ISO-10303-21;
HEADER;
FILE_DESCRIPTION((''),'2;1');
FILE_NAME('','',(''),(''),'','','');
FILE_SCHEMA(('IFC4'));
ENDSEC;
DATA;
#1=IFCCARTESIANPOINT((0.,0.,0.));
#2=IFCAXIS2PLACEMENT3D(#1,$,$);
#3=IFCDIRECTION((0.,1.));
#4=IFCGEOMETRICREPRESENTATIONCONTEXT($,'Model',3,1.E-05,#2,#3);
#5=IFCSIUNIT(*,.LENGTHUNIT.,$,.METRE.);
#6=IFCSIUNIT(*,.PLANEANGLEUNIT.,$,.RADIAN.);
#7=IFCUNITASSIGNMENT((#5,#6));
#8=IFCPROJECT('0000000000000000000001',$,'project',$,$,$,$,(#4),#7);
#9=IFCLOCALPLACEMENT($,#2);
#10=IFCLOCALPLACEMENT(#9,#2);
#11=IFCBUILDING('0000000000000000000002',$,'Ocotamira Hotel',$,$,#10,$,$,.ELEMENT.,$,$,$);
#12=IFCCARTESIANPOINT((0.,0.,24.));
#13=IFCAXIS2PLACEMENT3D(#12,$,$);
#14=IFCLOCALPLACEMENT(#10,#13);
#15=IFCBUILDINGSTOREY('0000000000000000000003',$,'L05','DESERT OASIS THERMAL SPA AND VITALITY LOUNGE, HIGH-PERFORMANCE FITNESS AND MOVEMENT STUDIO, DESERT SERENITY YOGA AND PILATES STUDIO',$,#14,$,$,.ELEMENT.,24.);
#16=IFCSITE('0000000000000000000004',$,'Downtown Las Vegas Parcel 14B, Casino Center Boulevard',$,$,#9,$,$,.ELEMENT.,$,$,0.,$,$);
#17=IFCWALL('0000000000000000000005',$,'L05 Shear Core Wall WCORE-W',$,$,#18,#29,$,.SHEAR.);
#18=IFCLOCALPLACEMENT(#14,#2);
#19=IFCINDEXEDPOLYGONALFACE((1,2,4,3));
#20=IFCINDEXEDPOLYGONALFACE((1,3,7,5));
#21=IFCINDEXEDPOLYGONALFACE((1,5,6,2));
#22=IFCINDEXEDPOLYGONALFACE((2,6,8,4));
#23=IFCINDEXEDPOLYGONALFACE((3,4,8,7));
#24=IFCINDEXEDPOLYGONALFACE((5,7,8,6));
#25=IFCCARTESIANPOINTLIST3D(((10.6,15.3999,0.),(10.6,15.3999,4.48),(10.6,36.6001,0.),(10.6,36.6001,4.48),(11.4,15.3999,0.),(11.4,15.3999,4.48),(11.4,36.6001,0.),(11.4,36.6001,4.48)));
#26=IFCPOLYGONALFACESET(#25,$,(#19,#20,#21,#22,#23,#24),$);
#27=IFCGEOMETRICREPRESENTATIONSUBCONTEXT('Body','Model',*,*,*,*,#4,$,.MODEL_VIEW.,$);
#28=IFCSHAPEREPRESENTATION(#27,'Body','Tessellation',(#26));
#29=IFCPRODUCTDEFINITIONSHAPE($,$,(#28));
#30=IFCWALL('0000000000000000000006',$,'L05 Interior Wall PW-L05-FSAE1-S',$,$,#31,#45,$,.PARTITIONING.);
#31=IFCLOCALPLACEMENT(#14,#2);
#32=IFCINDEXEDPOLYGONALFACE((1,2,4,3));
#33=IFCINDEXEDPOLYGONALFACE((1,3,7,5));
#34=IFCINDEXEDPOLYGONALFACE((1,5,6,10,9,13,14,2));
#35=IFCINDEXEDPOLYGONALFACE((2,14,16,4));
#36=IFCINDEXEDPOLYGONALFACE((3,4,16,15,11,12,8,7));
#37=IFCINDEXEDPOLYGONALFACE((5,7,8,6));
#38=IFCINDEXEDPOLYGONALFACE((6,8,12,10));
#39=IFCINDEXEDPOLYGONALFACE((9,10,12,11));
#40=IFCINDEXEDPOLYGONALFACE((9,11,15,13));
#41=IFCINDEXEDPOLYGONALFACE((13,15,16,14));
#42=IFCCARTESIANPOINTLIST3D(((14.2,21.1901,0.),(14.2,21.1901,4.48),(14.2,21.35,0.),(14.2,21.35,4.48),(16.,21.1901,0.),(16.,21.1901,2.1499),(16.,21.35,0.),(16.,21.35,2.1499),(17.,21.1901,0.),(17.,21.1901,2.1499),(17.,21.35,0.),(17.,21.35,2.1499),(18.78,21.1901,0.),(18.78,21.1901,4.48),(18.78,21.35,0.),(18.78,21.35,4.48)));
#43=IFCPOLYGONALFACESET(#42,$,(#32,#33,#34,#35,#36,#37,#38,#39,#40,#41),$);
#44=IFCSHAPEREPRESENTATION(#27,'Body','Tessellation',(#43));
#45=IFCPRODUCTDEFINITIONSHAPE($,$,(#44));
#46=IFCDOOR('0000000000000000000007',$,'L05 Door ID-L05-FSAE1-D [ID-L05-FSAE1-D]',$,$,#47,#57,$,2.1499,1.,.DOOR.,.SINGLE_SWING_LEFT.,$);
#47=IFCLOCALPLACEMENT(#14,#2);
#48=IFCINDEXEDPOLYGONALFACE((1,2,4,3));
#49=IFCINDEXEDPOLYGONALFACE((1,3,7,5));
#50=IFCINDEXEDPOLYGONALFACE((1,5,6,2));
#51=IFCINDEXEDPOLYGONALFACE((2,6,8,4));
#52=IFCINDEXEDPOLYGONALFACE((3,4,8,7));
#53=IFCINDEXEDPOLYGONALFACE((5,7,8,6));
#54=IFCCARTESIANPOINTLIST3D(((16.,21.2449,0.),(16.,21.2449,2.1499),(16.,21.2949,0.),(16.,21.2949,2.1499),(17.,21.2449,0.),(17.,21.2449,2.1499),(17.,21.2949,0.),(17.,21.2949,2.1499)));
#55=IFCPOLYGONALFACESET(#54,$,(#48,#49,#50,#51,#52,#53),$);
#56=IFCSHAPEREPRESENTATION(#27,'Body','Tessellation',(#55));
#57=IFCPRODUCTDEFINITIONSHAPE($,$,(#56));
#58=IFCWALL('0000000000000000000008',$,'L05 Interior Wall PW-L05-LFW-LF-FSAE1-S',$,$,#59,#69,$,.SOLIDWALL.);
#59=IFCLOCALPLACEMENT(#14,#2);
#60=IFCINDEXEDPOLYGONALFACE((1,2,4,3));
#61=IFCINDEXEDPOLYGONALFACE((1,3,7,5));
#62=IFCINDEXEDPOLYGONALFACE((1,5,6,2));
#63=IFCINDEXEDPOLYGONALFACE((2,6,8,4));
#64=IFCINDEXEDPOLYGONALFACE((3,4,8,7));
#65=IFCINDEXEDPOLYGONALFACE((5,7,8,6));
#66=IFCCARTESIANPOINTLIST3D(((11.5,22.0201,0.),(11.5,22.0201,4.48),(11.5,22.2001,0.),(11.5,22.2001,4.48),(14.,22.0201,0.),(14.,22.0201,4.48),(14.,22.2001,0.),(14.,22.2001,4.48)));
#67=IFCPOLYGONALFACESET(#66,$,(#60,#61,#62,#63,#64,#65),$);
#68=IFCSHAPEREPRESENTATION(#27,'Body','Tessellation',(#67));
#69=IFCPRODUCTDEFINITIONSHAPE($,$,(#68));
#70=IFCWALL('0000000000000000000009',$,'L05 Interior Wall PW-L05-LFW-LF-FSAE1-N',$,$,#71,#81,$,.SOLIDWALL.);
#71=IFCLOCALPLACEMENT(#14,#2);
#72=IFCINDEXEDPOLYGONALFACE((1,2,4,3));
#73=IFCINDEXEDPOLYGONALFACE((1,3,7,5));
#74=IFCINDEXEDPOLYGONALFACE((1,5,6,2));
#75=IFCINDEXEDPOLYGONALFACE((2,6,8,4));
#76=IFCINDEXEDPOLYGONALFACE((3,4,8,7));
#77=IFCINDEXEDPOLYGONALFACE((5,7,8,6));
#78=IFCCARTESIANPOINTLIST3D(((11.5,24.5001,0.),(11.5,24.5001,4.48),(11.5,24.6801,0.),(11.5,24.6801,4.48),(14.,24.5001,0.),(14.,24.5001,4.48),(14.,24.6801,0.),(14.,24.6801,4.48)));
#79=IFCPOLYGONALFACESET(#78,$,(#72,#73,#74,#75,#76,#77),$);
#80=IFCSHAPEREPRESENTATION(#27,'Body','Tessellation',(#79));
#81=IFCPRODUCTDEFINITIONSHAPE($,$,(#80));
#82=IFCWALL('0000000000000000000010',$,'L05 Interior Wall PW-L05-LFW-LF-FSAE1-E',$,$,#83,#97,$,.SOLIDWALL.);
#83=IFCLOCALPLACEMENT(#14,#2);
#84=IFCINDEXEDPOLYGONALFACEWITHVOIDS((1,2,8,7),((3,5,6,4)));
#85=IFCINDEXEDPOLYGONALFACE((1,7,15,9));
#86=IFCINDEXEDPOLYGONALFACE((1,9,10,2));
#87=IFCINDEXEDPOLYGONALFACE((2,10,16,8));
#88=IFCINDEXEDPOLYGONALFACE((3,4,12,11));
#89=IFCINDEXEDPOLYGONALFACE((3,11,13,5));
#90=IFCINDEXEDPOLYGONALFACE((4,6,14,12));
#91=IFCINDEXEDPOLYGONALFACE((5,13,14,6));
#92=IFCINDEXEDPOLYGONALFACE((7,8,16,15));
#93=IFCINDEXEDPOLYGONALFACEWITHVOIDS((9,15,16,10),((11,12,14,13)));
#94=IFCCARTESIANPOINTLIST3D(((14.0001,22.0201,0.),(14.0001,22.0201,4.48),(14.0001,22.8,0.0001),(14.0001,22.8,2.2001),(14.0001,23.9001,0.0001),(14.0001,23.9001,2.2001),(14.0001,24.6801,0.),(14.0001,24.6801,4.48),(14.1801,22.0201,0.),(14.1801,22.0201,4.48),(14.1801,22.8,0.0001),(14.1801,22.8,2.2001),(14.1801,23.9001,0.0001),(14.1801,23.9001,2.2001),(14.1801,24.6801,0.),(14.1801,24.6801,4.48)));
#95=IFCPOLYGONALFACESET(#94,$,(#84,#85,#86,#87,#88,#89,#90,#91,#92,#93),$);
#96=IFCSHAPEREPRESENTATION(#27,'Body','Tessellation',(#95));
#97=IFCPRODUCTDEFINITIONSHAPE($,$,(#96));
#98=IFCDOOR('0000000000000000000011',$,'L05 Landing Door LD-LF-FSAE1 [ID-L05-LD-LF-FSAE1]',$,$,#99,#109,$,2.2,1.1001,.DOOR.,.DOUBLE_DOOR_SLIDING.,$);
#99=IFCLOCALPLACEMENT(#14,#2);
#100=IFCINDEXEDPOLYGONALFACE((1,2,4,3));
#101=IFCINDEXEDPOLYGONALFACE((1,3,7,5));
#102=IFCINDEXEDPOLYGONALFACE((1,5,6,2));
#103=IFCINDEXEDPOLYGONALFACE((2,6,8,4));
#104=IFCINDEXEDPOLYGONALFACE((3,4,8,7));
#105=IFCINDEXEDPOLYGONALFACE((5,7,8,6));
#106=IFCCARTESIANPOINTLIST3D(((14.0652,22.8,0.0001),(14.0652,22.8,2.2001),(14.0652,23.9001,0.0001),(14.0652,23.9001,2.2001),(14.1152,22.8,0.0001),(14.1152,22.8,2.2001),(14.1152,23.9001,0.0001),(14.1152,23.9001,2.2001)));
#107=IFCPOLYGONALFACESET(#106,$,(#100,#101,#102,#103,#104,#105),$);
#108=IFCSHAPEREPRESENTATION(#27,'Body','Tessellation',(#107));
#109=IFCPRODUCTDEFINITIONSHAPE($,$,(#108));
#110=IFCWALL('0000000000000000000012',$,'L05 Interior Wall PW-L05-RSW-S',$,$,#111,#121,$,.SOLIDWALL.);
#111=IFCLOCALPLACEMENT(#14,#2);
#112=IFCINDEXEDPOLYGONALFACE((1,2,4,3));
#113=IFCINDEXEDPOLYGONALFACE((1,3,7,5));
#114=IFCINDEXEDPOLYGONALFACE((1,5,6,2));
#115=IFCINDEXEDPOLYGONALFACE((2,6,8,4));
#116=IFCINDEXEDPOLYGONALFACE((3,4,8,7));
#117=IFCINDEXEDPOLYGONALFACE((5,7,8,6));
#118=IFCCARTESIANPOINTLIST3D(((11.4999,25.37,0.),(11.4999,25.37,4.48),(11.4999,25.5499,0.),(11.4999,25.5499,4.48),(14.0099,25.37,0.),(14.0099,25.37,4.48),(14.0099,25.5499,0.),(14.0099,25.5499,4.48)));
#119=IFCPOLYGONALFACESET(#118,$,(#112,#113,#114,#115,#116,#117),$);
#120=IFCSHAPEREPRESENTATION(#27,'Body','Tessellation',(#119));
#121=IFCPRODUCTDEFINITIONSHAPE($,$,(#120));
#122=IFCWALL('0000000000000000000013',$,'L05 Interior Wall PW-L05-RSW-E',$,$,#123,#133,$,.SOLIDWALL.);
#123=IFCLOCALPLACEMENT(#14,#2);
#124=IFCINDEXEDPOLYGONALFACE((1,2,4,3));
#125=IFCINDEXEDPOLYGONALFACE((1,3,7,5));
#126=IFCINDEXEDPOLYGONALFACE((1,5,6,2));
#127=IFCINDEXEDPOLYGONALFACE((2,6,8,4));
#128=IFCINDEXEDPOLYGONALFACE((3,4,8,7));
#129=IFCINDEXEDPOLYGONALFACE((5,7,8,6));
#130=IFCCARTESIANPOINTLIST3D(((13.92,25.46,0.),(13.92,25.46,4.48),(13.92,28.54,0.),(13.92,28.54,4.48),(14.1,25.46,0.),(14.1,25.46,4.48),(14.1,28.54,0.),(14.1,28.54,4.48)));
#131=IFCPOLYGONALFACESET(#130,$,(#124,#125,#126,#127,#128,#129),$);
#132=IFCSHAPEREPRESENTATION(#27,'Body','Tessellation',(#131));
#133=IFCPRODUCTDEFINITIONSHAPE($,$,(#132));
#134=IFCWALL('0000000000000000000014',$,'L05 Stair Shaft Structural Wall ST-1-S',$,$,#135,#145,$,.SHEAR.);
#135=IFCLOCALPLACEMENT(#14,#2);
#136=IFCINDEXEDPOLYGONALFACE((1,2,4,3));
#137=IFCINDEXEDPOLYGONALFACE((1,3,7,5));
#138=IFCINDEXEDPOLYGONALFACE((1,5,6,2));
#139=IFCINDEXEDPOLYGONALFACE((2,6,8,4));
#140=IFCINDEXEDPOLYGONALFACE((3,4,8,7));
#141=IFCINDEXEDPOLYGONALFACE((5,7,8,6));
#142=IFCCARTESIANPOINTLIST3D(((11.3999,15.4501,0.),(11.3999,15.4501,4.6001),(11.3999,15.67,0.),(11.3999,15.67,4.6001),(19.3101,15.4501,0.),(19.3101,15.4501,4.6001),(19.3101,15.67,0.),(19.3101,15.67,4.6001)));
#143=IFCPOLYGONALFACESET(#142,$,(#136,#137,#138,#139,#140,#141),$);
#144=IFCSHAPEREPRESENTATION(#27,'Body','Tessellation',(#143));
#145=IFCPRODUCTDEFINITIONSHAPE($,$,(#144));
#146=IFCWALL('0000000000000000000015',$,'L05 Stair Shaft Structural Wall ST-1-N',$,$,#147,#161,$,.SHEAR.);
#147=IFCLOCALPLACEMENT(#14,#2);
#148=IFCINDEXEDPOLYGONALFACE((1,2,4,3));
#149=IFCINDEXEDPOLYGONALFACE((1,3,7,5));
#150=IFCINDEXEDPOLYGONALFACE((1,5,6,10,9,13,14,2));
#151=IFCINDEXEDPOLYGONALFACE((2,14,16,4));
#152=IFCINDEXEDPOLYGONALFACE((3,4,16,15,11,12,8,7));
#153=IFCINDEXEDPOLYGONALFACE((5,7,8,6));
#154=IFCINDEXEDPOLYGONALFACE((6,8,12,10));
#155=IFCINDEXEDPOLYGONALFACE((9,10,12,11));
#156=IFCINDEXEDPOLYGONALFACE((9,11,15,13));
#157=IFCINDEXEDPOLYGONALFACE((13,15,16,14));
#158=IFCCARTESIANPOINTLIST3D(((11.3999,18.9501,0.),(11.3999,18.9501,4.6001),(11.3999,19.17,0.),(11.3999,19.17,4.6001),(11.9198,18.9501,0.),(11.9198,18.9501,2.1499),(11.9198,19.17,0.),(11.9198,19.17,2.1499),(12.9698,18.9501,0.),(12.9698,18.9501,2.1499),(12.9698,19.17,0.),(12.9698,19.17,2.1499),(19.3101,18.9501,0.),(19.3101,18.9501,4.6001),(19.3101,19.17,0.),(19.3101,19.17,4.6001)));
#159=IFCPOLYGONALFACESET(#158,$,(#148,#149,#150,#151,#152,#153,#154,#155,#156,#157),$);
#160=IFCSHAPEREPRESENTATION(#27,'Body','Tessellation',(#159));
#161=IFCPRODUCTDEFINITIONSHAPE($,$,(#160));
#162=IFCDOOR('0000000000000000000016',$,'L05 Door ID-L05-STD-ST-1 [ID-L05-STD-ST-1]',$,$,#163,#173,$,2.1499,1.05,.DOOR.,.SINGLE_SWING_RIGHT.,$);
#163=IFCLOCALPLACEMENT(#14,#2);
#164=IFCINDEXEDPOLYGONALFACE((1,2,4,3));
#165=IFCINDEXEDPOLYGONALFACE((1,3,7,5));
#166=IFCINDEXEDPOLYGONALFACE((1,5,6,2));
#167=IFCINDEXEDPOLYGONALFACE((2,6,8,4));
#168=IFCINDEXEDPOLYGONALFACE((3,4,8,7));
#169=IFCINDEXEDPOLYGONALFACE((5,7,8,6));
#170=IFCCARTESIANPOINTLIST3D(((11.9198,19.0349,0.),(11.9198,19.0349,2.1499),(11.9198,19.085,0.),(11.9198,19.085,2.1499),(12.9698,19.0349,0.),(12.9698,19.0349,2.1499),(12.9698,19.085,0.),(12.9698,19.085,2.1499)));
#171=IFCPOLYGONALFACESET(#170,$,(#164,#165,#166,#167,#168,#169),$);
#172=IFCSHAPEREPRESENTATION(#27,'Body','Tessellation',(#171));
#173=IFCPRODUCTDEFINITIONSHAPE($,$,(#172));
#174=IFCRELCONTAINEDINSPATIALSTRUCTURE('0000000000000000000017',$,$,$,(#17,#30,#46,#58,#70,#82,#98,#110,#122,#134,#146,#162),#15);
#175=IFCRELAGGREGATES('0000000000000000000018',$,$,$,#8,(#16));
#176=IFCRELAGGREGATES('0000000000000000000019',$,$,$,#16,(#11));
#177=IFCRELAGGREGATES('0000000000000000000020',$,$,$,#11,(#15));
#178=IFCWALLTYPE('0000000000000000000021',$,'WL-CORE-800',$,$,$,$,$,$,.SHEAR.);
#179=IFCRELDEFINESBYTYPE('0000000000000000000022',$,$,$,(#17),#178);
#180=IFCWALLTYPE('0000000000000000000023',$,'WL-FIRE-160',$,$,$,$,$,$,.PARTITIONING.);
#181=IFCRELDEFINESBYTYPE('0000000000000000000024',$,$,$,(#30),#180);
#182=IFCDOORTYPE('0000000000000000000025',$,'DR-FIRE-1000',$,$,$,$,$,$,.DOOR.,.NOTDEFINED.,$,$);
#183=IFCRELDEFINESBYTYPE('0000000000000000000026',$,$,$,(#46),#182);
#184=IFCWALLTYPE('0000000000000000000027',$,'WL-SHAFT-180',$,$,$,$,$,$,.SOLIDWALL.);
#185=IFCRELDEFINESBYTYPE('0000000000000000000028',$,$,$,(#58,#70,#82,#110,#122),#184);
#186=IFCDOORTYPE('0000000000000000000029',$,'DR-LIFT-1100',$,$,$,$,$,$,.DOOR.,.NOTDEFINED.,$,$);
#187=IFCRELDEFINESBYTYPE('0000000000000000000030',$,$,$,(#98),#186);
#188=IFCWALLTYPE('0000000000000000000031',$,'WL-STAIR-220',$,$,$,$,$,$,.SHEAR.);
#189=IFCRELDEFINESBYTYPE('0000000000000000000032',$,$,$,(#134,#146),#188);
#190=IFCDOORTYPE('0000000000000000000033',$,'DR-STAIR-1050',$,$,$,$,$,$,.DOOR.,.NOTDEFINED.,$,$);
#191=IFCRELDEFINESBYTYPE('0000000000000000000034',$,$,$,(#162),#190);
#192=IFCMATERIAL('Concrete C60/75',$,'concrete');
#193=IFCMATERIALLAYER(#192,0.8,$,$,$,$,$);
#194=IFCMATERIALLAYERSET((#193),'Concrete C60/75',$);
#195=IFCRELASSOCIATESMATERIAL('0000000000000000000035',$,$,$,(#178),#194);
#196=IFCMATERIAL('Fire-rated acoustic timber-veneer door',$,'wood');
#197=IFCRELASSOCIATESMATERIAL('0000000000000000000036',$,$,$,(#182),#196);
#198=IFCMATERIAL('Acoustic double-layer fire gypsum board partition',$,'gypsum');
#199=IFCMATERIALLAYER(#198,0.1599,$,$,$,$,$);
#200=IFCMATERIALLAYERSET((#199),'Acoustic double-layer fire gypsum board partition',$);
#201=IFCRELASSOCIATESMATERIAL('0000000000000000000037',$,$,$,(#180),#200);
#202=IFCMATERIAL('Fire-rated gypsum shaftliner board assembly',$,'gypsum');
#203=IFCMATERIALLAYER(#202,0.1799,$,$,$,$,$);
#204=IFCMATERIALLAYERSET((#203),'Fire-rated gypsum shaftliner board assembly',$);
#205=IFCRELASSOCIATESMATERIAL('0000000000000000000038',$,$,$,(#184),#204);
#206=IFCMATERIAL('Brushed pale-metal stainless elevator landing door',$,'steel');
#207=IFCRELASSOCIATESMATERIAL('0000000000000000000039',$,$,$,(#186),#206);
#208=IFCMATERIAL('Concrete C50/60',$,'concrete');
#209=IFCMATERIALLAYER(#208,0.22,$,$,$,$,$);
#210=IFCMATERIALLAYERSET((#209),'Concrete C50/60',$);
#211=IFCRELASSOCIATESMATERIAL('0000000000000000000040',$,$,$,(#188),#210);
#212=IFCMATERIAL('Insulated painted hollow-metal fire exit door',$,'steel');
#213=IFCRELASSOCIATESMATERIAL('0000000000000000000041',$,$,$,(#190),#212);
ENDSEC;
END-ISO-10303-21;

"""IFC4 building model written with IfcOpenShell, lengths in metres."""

from ifc_helpers import new_model, si_unit, direction, frame, frame_2d, origin, place, context, subcontext, project, spatial, rectangle, extrude, source, transform, mapped, material, layer, layer_set, type_object, element, fill, save


model = new_model("IFC4")

# Units and contexts
model_context = context("Model", 3, precision=1e-05, world=origin(), true_north=direction((0.0, 1.0)))
body_context = subcontext(model_context, "Body", "Model", "MODEL_VIEW")
ifc_project = project(units=[si_unit("LENGTHUNIT", "METRE"), si_unit("PLANEANGLEUNIT", "RADIAN")], contexts=[model_context])

# Site, building, storey
site_placement = place(None, origin())
site = spatial("IfcSite", under=ifc_project, at=site_placement, Name="Downtown Las Vegas Parcel 14B, Casino Center Boulevard", CompositionType="ELEMENT", RefElevation=0.0)
building_placement = place(site_placement, origin())
building = spatial("IfcBuilding", under=site, at=building_placement, Name="Ocotamira Hotel", CompositionType="ELEMENT")
storey_placement = place(building_placement, frame((0.0, 0.0, 24.0)))
storey = spatial("IfcBuildingStorey", under=building, at=storey_placement, Name="L05", Description="DESERT OASIS THERMAL SPA AND VITALITY LOUNGE, HIGH-PERFORMANCE FITNESS AND MOVEMENT STUDIO, DESERT SERENITY YOGA AND PILATES STUDIO", CompositionType="ELEMENT", Elevation=24.0)

# Shared definitions
ifc_material_1 = material(Name="Concrete C50/60", Category="concrete")

# Shared definitions
ifc_material_2 = material(Name="Concrete C60/75", Category="concrete")

# Shared definitions
ifc_layer_1 = layer(ifc_material_2, 0.8)
ifc_layer_set_1 = layer_set([ifc_layer_1], Name="Concrete C60/75")
wall_type_1 = type_object("IfcWallType", Name="WL-CORE-800", PredefinedType="SHEAR", material=ifc_layer_set_1)
ifc_material_3 = material(Name="Fire-rated acoustic timber-veneer door", Category="wood")
door_type_1 = type_object("IfcDoorType", Name="DR-FIRE-1000", OperationType="NOTDEFINED", PredefinedType="DOOR", material=ifc_material_3)
shared_shape_1 = source(origin(), body_context, "Body", "SweptSolid", [
    extrude(rectangle(XDim=1.0, YDim=2.1499, at=frame_2d((0.5, 1.075))), frame((0.0, 0.0249, 0.0), z_axis=(0.0, -1.0, 0.0), x_axis=(1.0, 0.0, 0.0)), (0.0, 0.0, 1.0), 0.05),
])

# Wall
wall_1_placement = place(storey_placement, frame((11.0, 15.3999, 0.0), z_axis=(0.0, 0.0, 1.0), x_axis=(0.0, 1.0, 0.0)))
element("IfcWall", 1, at=wall_1_placement, inside=storey, type_object=wall_type_1, Name="L05 Shear Core Wall WCORE-W", PredefinedType="SHEAR", context=body_context, shape_type="SweptSolid", body=[
    extrude(rectangle(XDim=21.2002, YDim=0.8, at=frame_2d((10.6001, 0.0))), origin(), (0.0, 0.0, 1.0), 4.48),
])

# Wall, opening, door
ifc_material_4 = material(Name="Acoustic double-layer fire gypsum board partition", Category="gypsum")
ifc_layer_2 = layer(ifc_material_4, 0.1599)
ifc_layer_set_2 = layer_set([ifc_layer_2], Name="Acoustic double-layer fire gypsum board partition")
wall_type_2 = type_object("IfcWallType", Name="WL-FIRE-160", PredefinedType="PARTITIONING", material=ifc_layer_set_2)
wall_2_placement = place(storey_placement, frame((14.2, 21.27, 0.0), z_axis=(0.0, 0.0, 1.0), x_axis=(1.0, 0.0, 0.0)))
wall_2 = element("IfcWall", 2, at=wall_2_placement, inside=storey, type_object=wall_type_2, Name="L05 Interior Wall PW-L05-FSAE1-S", PredefinedType="PARTITIONING", context=body_context, shape_type="SweptSolid", body=[
    extrude(rectangle(XDim=4.5801, YDim=0.1599, at=frame_2d((2.29, 0.0))), origin(), (0.0, 0.0, 1.0), 4.48),
])
opening_1_placement = place(wall_2_placement, frame((1.8, 0.0, 0.0)))
opening_1 = element("IfcOpeningElement", 3, at=opening_1_placement, cuts=wall_2, PredefinedType="OPENING", context=body_context, shape_type="SweptSolid", body=[
    extrude(rectangle(XDim=1.0, YDim=2.1499, at=frame_2d((0.5, 1.075))), frame((0.0, 0.0898, 0.0), z_axis=(0.0, -1.0, 0.0), x_axis=(1.0, 0.0, 0.0)), (0.0, 0.0, 1.0), 0.1799),
])
door_1_placement = place(opening_1_placement, origin())
door_1 = element("IfcDoor", 4, at=door_1_placement, inside=storey, type_object=door_type_1, Name="L05 Door ID-L05-FSAE1-D [ID-L05-FSAE1-D]", OperationType="SINGLE_SWING_LEFT", OverallHeight=2.1499, OverallWidth=1.0, PredefinedType="DOOR", context=body_context, shape_type="MappedRepresentation", body=[
    mapped(shared_shape_1, transform((0.0, 0.0, 0.0), scale=1.0)),
])
fill(opening_1, door_1)

# Walls
ifc_material_5 = material(Name="Fire-rated gypsum shaftliner board assembly", Category="gypsum")
ifc_layer_3 = layer(ifc_material_5, 0.1799)
ifc_layer_set_3 = layer_set([ifc_layer_3], Name="Fire-rated gypsum shaftliner board assembly")
wall_type_3 = type_object("IfcWallType", Name="WL-SHAFT-180", PredefinedType="SOLIDWALL", material=ifc_layer_set_3)
for number, where, z_axis, x_axis, name in (
    (5, (11.5, 22.1101, 0.0), (0.0, 0.0, 1.0), (1.0, 0.0, 0.0), "L05 Interior Wall PW-L05-LFW-LF-FSAE1-S"),
    (6, (11.5, 24.5901, 0.0), (0.0, 0.0, 1.0), (1.0, 0.0, 0.0), "L05 Interior Wall PW-L05-LFW-LF-FSAE1-N"),
):
    element("IfcWall", number, at=place(storey_placement, frame(where, z_axis=z_axis, x_axis=x_axis)), inside=storey, type_object=wall_type_3, Name=name, PredefinedType="SOLIDWALL", context=body_context, shape_type="SweptSolid", body=[
        extrude(rectangle(XDim=2.5, YDim=0.1799, at=frame_2d((1.25, 0.0))), origin(), (0.0, 0.0, 1.0), 4.48),
    ])

# Wall, opening, door
wall_3_placement = place(storey_placement, frame((14.0901, 22.02, 0.0), z_axis=(0.0, 0.0, 1.0), x_axis=(0.0, 1.0, 0.0)))
wall_3 = element("IfcWall", 7, at=wall_3_placement, inside=storey, type_object=wall_type_3, Name="L05 Interior Wall PW-L05-LFW-LF-FSAE1-E", PredefinedType="SOLIDWALL", context=body_context, shape_type="SweptSolid", body=[
    extrude(rectangle(XDim=2.6599, YDim=0.1799, at=frame_2d((1.3301, 0.0))), origin(), (0.0, 0.0, 1.0), 4.48),
])
opening_2_placement = place(wall_3_placement, frame((0.78, 0.0, 0.0)))
opening_2 = element("IfcOpeningElement", 8, at=opening_2_placement, cuts=wall_3, PredefinedType="OPENING", context=body_context, shape_type="SweptSolid", body=[
    extrude(rectangle(XDim=1.1001, YDim=2.2, at=frame_2d((0.55, 1.1001))), frame((0.0, 0.1001, 0.0), z_axis=(0.0, -1.0, 0.0), x_axis=(1.0, 0.0, 0.0)), (0.0, 0.0, 1.0), 0.2),
])
ifc_material_6 = material(Name="Brushed pale-metal stainless elevator landing door", Category="steel")
door_type_2 = type_object("IfcDoorType", Name="DR-LIFT-1100", OperationType="NOTDEFINED", PredefinedType="DOOR", material=ifc_material_6)
shared_shape_2 = source(origin(), body_context, "Body", "SweptSolid", [
    extrude(rectangle(XDim=1.1001, YDim=2.2, at=frame_2d((0.55, 1.1001))), frame((0.0, 0.0249, 0.0), z_axis=(0.0, -1.0, 0.0), x_axis=(1.0, 0.0, 0.0)), (0.0, 0.0, 1.0), 0.05),
])
door_2_placement = place(opening_2_placement, origin())
door_2 = element("IfcDoor", 9, at=door_2_placement, inside=storey, type_object=door_type_2, Name="L05 Landing Door LD-LF-FSAE1 [ID-L05-LD-LF-FSAE1]", OperationType="DOUBLE_DOOR_SLIDING", OverallHeight=2.2, OverallWidth=1.1001, PredefinedType="DOOR", context=body_context, shape_type="MappedRepresentation", body=[
    mapped(shared_shape_2, transform((0.0, 0.0, 0.0), scale=1.0)),
])
fill(opening_2, door_2)

# Walls
wall_4_placement = place(storey_placement, frame((11.5, 25.46, 0.0), z_axis=(0.0, 0.0, 1.0), x_axis=(1.0, 0.0, 0.0)))
element("IfcWall", 10, at=wall_4_placement, inside=storey, type_object=wall_type_3, Name="L05 Interior Wall PW-L05-RSW-S", PredefinedType="SOLIDWALL", context=body_context, shape_type="SweptSolid", body=[
    extrude(rectangle(XDim=2.51, YDim=0.1799, at=frame_2d((1.2549, 0.0))), origin(), (0.0, 0.0, 1.0), 4.48),
])
wall_5_placement = place(storey_placement, frame((14.01, 25.46, 0.0), z_axis=(0.0, 0.0, 1.0), x_axis=(0.0, 1.0, 0.0)))
element("IfcWall", 11, at=wall_5_placement, inside=storey, type_object=wall_type_3, Name="L05 Interior Wall PW-L05-RSW-E", PredefinedType="SOLIDWALL", context=body_context, shape_type="SweptSolid", body=[
    extrude(rectangle(XDim=3.0801, YDim=0.1799, at=frame_2d((1.54, 0.0))), origin(), (0.0, 0.0, 1.0), 4.48),
])
ifc_layer_4 = layer(ifc_material_1, 0.22)
ifc_layer_set_4 = layer_set([ifc_layer_4], Name="Concrete C50/60")
wall_type_4 = type_object("IfcWallType", Name="WL-STAIR-220", PredefinedType="SHEAR", material=ifc_layer_set_4)
wall_6_placement = place(storey_placement, frame((11.3999, 15.5601, 0.0), z_axis=(0.0, 0.0, 1.0), x_axis=(1.0, 0.0, 0.0)))
element("IfcWall", 12, at=wall_6_placement, inside=storey, type_object=wall_type_4, Name="L05 Stair Shaft Structural Wall ST-1-S", PredefinedType="SHEAR", context=body_context, shape_type="SweptSolid", body=[
    extrude(rectangle(XDim=7.9102, YDim=0.22, at=frame_2d((3.9551, 0.0))), origin(), (0.0, 0.0, 1.0), 4.6001),
])

# Wall, opening, door
wall_7_placement = place(storey_placement, frame((11.3999, 19.0601, 0.0), z_axis=(0.0, 0.0, 1.0), x_axis=(1.0, 0.0, 0.0)))
wall_7 = element("IfcWall", 13, at=wall_7_placement, inside=storey, type_object=wall_type_4, Name="L05 Stair Shaft Structural Wall ST-1-N", PredefinedType="SHEAR", context=body_context, shape_type="SweptSolid", body=[
    extrude(rectangle(XDim=7.9102, YDim=0.22, at=frame_2d((3.9551, 0.0))), origin(), (0.0, 0.0, 1.0), 4.6001),
])
opening_3_placement = place(wall_7_placement, frame((0.52, 0.0, 0.0)))
opening_3 = element("IfcOpeningElement", 14, at=opening_3_placement, cuts=wall_7, PredefinedType="OPENING", context=body_context, shape_type="SweptSolid", body=[
    extrude(rectangle(XDim=1.05, YDim=2.1499, at=frame_2d((0.5249, 1.075))), frame((0.0, 0.1201, 0.0), z_axis=(0.0, -1.0, 0.0), x_axis=(1.0, 0.0, 0.0)), (0.0, 0.0, 1.0), 0.24),
])
ifc_material_7 = material(Name="Insulated painted hollow-metal fire exit door", Category="steel")
door_type_3 = type_object("IfcDoorType", Name="DR-STAIR-1050", OperationType="NOTDEFINED", PredefinedType="DOOR", material=ifc_material_7)
shared_shape_3 = source(origin(), body_context, "Body", "SweptSolid", [
    extrude(rectangle(XDim=1.05, YDim=2.1499, at=frame_2d((0.5249, 1.075))), frame((0.0, 0.0249, 0.0), z_axis=(0.0, -1.0, 0.0), x_axis=(1.0, 0.0, 0.0)), (0.0, 0.0, 1.0), 0.05),
])
door_3_placement = place(opening_3_placement, origin())
door_3 = element("IfcDoor", 15, at=door_3_placement, inside=storey, type_object=door_type_3, Name="L05 Door ID-L05-STD-ST-1 [ID-L05-STD-ST-1]", OperationType="SINGLE_SWING_RIGHT", OverallHeight=2.1499, OverallWidth=1.05, PredefinedType="DOOR", context=body_context, shape_type="MappedRepresentation", body=[
    mapped(shared_shape_3, transform((0.0, 0.0, 0.0), scale=1.0)),
])
fill(opening_3, door_3)

save(model, "model.ifc")
